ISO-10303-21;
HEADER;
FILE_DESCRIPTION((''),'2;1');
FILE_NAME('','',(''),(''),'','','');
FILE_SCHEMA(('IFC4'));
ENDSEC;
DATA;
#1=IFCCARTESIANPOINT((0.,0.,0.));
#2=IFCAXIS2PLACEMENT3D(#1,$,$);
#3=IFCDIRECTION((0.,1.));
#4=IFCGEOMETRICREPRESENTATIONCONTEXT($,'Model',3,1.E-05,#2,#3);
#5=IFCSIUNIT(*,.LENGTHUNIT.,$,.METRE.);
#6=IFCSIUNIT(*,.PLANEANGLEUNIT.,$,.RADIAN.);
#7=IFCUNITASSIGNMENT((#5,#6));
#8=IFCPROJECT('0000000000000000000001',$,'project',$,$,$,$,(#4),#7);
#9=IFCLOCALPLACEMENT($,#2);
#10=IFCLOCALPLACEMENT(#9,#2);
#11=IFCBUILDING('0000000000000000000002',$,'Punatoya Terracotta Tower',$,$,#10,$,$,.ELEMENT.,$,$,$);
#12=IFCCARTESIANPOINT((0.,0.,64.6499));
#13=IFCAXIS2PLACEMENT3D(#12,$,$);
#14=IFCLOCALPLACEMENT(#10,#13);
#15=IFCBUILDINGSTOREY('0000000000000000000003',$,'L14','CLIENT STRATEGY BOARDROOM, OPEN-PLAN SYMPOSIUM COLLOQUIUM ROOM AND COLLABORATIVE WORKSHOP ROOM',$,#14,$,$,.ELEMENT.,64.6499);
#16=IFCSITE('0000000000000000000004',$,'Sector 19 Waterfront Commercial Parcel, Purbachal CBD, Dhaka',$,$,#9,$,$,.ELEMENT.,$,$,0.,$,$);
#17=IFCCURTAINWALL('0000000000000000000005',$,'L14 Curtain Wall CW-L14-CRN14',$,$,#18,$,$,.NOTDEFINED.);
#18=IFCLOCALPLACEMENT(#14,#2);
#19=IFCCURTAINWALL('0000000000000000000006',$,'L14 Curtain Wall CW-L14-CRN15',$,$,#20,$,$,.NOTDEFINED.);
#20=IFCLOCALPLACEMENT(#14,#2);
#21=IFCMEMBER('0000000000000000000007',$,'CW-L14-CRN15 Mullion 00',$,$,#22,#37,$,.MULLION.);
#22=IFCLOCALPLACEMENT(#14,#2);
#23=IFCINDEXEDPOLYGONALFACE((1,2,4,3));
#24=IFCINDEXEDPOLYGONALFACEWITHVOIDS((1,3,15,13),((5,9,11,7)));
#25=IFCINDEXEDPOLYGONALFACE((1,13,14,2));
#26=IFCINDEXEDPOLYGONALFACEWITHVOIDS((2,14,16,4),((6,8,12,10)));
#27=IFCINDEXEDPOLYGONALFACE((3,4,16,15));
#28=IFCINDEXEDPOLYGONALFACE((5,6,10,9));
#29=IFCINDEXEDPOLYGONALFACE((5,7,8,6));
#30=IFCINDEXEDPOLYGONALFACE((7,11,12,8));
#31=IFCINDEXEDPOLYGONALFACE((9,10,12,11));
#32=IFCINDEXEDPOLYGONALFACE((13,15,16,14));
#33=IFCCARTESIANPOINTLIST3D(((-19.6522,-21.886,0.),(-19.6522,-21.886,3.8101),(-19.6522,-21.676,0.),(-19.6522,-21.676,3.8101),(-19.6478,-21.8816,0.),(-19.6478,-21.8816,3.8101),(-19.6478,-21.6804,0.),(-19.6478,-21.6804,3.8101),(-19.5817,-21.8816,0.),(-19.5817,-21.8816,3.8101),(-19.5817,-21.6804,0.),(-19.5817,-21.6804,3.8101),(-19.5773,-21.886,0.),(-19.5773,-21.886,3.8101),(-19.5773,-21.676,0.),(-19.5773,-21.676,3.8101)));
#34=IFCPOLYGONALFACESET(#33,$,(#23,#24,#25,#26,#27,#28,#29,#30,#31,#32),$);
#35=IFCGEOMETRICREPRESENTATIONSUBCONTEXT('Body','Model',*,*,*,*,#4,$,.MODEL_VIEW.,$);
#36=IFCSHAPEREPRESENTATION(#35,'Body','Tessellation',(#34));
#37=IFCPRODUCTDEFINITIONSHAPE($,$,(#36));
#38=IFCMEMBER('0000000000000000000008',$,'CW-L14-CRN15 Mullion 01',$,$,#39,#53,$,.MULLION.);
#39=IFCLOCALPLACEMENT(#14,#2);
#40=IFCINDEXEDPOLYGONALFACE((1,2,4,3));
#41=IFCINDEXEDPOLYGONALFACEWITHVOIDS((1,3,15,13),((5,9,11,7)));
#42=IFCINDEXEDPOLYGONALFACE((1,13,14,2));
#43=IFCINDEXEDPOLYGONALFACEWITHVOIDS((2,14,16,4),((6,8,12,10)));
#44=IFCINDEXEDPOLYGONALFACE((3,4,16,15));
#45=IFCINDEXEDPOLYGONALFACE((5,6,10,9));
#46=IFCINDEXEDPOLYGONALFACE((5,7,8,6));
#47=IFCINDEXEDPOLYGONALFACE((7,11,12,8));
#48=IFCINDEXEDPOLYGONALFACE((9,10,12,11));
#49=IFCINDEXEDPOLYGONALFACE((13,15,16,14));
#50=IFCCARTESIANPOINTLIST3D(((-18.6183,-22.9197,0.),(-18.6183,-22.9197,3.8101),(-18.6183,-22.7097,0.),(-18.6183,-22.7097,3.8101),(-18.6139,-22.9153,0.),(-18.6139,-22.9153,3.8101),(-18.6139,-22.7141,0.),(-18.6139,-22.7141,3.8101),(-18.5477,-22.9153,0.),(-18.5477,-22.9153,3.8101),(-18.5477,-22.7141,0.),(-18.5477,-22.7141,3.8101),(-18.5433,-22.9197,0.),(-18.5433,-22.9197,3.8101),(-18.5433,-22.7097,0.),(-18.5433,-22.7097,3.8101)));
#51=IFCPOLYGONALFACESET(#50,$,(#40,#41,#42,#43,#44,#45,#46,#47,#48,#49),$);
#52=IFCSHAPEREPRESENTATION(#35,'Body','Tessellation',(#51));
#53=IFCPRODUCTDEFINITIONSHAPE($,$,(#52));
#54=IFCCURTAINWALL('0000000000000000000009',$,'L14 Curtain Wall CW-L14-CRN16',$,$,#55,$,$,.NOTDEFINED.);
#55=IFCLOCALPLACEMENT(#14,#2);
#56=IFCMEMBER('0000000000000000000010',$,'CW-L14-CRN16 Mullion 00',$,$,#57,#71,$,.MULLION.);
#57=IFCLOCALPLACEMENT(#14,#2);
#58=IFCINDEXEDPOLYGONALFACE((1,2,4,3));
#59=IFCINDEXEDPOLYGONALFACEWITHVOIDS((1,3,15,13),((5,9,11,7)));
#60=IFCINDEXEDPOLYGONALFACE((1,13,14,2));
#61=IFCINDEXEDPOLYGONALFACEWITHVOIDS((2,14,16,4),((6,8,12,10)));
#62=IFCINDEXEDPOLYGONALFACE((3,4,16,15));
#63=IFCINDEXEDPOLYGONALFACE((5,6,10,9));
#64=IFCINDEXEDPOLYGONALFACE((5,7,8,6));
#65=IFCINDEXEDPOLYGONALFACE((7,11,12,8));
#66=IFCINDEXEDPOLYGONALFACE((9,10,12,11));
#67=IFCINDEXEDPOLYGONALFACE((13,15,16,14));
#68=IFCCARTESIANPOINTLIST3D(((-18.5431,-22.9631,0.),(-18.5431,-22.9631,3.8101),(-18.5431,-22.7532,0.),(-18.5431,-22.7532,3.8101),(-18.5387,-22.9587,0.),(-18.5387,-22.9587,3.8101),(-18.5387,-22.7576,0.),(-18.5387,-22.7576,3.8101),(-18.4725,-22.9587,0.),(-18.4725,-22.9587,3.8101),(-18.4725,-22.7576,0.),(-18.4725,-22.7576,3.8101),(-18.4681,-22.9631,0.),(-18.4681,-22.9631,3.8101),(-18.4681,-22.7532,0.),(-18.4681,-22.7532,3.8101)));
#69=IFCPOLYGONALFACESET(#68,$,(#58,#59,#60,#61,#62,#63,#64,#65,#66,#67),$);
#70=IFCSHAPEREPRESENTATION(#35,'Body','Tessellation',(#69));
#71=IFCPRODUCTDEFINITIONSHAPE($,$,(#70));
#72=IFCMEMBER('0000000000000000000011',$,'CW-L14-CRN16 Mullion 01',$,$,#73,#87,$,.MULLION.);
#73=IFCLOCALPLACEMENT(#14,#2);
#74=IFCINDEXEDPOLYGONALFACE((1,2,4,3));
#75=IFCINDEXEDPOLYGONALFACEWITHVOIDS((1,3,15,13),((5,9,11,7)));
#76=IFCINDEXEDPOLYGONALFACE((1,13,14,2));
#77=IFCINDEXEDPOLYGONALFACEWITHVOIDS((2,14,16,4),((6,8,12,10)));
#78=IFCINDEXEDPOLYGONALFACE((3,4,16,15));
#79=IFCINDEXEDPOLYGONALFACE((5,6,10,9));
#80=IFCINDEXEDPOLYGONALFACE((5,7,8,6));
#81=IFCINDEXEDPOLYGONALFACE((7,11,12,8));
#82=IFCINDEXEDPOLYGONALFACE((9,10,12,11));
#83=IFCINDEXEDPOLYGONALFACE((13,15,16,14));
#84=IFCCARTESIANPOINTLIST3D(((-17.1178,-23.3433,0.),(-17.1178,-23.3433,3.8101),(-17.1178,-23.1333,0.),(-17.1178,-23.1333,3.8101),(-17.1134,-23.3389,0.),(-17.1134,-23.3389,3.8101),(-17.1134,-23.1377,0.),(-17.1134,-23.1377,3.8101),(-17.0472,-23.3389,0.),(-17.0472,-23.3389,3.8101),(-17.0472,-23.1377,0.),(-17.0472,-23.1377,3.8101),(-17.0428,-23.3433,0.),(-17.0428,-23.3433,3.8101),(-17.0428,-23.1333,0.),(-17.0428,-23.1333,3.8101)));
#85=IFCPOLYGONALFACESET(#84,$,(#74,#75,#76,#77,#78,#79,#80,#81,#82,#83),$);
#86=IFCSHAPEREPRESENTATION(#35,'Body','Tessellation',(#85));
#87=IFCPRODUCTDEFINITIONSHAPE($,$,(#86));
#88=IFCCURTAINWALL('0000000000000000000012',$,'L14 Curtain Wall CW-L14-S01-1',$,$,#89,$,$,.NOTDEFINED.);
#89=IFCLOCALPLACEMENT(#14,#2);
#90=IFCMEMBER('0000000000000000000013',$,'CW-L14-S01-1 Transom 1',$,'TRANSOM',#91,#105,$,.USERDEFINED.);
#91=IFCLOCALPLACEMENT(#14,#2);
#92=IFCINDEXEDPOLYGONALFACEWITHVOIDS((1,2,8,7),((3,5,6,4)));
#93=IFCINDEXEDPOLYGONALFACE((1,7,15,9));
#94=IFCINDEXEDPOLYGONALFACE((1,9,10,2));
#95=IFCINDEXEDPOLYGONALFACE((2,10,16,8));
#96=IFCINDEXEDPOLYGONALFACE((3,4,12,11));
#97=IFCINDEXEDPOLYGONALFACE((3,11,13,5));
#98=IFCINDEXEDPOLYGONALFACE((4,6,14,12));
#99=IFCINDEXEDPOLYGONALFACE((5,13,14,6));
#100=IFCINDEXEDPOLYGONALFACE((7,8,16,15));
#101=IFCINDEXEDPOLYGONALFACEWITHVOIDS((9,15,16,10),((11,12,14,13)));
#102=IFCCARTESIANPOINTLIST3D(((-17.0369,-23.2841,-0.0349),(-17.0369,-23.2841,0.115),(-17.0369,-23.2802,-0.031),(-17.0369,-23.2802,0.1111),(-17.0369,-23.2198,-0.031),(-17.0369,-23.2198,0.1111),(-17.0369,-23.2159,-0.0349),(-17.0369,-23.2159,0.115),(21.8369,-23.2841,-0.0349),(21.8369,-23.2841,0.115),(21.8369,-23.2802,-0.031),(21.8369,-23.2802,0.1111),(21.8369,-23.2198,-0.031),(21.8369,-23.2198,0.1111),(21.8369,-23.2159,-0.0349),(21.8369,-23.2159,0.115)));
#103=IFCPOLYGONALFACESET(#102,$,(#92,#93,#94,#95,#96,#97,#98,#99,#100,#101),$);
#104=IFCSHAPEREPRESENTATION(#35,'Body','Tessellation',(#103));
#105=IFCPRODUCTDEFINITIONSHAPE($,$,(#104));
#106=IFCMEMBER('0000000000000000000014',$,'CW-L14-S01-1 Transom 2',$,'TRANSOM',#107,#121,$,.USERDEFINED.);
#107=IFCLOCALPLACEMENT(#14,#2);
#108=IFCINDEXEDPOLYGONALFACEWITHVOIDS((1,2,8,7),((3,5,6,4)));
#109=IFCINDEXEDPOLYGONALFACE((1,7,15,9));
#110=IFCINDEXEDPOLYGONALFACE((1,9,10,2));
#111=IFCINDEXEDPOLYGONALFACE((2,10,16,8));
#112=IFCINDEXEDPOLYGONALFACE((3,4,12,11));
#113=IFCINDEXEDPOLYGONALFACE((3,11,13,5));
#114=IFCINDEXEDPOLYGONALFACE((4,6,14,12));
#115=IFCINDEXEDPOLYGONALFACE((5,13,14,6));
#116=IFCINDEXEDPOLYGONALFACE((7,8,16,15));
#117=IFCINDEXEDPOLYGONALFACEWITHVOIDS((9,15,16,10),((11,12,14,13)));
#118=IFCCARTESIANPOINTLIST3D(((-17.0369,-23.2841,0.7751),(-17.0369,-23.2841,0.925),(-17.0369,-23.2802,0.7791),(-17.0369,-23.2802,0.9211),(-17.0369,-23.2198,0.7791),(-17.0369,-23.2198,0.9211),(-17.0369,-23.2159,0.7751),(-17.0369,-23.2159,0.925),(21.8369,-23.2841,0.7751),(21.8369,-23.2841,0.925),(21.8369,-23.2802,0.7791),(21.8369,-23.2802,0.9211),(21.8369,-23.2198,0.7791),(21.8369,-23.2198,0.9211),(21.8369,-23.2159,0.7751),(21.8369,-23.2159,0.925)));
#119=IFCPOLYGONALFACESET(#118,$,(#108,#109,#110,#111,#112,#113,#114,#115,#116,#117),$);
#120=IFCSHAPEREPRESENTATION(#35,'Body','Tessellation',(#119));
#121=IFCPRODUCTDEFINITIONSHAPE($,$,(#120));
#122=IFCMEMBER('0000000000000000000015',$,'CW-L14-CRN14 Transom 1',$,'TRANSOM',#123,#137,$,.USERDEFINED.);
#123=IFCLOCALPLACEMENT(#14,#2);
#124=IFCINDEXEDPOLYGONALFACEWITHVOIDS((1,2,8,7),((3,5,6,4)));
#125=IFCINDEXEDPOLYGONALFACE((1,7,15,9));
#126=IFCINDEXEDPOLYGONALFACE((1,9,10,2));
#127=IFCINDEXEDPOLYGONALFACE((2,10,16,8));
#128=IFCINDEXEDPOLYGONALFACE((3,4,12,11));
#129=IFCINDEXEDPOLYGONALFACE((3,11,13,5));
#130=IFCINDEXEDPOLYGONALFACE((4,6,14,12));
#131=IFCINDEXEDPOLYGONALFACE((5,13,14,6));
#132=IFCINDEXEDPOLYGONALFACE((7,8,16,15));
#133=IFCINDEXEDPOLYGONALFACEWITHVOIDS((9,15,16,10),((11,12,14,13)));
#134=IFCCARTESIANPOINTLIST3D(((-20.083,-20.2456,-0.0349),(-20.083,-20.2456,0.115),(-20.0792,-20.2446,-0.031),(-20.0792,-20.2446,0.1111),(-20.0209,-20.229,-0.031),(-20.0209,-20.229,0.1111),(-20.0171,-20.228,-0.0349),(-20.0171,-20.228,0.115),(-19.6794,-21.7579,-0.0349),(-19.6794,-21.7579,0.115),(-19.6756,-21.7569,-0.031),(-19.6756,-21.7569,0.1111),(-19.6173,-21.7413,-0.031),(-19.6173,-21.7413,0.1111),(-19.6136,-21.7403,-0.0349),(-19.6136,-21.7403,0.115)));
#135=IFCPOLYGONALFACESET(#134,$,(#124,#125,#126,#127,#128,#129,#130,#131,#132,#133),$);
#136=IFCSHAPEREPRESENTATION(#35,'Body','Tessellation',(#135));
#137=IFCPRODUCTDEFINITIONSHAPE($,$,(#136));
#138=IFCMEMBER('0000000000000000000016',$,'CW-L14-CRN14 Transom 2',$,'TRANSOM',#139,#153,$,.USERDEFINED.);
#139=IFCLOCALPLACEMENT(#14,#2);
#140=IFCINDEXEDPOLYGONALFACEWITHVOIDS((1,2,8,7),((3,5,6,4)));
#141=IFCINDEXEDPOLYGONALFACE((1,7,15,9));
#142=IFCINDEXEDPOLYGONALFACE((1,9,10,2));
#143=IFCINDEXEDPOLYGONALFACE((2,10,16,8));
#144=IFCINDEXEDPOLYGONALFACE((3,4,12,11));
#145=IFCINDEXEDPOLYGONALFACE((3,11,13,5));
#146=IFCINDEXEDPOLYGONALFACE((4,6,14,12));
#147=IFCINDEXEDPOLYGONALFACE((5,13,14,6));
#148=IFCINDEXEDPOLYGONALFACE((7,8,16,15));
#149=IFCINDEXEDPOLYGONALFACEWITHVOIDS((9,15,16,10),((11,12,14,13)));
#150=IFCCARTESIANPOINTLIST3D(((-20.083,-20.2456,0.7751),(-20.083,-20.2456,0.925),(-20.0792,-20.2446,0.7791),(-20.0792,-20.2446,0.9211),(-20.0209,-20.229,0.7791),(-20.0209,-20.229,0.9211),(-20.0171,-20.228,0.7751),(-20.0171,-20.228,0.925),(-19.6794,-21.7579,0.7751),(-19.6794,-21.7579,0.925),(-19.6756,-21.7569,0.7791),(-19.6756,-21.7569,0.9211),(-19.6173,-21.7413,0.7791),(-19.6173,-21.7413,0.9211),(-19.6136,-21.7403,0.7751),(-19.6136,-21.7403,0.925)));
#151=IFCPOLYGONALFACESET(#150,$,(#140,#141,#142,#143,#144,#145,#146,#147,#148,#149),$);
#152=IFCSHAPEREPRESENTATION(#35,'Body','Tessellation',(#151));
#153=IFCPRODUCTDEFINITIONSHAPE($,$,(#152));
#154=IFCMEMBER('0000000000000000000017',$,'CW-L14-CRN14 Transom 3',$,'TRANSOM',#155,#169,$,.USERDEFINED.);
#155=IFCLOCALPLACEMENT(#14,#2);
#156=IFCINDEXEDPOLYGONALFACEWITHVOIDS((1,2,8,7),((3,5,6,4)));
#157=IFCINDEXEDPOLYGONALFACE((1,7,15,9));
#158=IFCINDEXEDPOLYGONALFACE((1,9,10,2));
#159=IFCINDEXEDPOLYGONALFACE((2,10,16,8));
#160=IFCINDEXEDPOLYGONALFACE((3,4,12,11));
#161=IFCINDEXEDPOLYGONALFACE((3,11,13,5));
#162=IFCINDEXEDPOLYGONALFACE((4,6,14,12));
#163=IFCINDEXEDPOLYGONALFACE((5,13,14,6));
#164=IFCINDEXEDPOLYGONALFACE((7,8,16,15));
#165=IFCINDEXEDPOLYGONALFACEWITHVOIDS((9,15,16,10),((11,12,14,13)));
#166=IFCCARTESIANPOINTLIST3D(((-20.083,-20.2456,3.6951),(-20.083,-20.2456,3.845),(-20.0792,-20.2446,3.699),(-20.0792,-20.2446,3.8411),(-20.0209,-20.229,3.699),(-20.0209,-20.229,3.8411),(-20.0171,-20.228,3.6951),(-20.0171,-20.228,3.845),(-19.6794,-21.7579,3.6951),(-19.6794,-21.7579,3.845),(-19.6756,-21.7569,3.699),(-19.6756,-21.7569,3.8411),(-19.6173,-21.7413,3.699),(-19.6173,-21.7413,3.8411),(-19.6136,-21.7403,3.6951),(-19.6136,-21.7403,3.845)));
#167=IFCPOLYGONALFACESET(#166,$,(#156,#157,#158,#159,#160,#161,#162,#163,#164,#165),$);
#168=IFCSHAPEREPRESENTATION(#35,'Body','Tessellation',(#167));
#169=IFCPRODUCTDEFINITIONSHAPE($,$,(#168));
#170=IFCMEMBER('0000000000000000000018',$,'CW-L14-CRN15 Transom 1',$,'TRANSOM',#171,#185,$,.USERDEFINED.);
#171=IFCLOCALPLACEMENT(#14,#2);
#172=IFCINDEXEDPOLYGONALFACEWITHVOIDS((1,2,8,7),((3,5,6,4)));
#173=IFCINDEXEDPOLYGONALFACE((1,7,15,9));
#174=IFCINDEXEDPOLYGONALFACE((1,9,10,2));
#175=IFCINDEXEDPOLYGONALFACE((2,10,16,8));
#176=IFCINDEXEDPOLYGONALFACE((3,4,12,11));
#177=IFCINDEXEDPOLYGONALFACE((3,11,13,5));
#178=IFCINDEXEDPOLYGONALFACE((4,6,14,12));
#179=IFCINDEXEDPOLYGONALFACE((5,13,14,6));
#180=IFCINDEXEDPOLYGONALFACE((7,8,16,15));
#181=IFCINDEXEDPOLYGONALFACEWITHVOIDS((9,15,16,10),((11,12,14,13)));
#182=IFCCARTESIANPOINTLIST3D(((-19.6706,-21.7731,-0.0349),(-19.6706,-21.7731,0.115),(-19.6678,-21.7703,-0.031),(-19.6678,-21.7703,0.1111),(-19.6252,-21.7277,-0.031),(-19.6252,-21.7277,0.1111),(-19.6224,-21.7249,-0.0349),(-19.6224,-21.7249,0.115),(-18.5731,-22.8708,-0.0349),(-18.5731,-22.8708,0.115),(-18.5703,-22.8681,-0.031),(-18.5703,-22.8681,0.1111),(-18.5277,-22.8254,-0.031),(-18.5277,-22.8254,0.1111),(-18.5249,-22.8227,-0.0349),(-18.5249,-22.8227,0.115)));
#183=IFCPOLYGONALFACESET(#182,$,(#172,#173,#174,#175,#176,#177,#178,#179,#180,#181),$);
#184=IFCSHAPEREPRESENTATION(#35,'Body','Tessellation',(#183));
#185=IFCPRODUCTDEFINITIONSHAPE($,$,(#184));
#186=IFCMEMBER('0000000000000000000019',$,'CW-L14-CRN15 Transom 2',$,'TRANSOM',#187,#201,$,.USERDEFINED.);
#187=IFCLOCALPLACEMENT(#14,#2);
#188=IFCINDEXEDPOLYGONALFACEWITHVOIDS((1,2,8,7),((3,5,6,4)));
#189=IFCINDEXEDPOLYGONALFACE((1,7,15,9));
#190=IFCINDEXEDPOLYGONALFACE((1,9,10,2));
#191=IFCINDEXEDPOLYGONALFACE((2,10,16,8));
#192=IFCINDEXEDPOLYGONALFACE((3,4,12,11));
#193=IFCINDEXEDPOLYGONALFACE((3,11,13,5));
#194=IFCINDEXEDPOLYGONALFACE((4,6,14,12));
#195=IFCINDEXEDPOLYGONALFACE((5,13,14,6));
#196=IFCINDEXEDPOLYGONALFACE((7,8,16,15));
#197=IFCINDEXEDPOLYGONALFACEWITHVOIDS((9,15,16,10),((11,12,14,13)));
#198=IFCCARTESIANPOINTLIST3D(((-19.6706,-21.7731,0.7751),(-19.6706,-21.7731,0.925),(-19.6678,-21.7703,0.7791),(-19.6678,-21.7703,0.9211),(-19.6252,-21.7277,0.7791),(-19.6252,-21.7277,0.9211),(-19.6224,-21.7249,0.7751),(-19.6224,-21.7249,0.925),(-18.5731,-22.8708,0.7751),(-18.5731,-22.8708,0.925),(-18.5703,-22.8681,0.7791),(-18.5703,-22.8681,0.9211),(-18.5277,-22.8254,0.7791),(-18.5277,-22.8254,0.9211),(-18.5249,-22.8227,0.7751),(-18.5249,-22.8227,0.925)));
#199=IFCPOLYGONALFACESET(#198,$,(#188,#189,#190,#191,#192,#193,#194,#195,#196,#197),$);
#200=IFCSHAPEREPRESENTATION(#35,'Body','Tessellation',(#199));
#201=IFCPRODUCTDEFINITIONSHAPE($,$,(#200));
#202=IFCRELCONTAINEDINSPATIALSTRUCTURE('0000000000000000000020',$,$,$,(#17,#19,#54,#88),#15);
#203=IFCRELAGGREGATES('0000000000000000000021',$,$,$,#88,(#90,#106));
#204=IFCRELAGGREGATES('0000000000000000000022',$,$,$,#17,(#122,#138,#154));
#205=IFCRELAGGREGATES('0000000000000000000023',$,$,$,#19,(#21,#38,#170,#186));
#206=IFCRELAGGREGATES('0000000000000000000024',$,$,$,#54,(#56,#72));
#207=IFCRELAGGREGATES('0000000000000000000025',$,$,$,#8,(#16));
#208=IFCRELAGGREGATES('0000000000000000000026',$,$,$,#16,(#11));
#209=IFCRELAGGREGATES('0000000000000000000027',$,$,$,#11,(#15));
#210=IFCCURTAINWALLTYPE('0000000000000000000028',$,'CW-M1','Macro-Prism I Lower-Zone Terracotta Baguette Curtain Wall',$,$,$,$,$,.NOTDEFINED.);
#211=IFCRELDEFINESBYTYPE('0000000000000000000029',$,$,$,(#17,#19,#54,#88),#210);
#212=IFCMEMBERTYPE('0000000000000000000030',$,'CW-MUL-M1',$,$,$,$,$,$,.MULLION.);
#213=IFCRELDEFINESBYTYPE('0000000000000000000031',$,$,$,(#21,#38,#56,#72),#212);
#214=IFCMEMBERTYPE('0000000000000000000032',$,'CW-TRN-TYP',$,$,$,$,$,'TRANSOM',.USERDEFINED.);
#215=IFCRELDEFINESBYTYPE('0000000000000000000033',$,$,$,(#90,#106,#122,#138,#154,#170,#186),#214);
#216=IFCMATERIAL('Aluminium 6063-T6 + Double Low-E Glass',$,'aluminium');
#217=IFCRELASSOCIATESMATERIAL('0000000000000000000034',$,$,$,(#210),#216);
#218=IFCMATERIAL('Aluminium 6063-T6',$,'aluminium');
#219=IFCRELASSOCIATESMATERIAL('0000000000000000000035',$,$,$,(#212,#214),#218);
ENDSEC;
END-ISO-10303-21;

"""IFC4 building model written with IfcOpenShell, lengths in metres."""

from ifc_helpers import new_model, si_unit, direction, frame, origin, origin_2d, place, context, subcontext, project, spatial, hollow_rectangle, extrude, material, material_profile, profile_set, type_object, element, aggregate, save


model = new_model("IFC4")

# Units and contexts
model_context = context("Model", 3, precision=1e-05, world=origin(), true_north=direction((0.0, 1.0)))
body_context = subcontext(model_context, "Body", "Model", "MODEL_VIEW")
ifc_project = project(units=[si_unit("LENGTHUNIT", "METRE"), si_unit("PLANEANGLEUNIT", "RADIAN")], contexts=[model_context])

# Site, building, storey
site_placement = place(None, origin())
site = spatial("IfcSite", under=ifc_project, at=site_placement, Name="Sector 19 Waterfront Commercial Parcel, Purbachal CBD, Dhaka", CompositionType="ELEMENT", RefElevation=0.0)
building_placement = place(site_placement, origin())
building = spatial("IfcBuilding", under=site, at=building_placement, Name="Punatoya Terracotta Tower", CompositionType="ELEMENT")
storey_placement = place(building_placement, frame((0.0, 0.0, 64.6499)))
storey = spatial("IfcBuildingStorey", under=building, at=storey_placement, Name="L14", Description="CLIENT STRATEGY BOARDROOM, OPEN-PLAN SYMPOSIUM COLLOQUIUM ROOM AND COLLABORATIVE WORKSHOP ROOM", CompositionType="ELEMENT", Elevation=64.6499)

# Curtain walls, members
ifc_material_1 = material(Name="Aluminium 6063-T6 + Double Low-E Glass", Category="aluminium")
curtain_wall_type = type_object("IfcCurtainWallType", Name="CW-M1", Description="Macro-Prism I Lower-Zone Terracotta Baguette Curtain Wall", PredefinedType="NOTDEFINED", material=ifc_material_1)
curtain_wall_1_placement = place(storey_placement, origin())
curtain_wall_1 = element("IfcCurtainWall", 1, at=curtain_wall_1_placement, inside=storey, type_object=curtain_wall_type, Name="L14 Curtain Wall CW-L14-CRN14", PredefinedType="NOTDEFINED")
ifc_material_2 = material(Name="Aluminium 6063-T6", Category="aluminium")
ifc_material_profile_1 = material_profile(ifc_material_2, hollow_rectangle(XDim=0.075, YDim=0.21, WallThickness=0.0044, at=origin_2d()))
ifc_profile_set_1 = profile_set([ifc_material_profile_1], Name="Aluminium 6063-T6")
member_type_1 = type_object("IfcMemberType", Name="CW-MUL-M1", PredefinedType="MULLION", material=ifc_profile_set_1)
curtain_wall_2_placement = place(storey_placement, origin())
curtain_wall_2 = element("IfcCurtainWall", 2, at=curtain_wall_2_placement, inside=storey, type_object=curtain_wall_type, Name="L14 Curtain Wall CW-L14-CRN15", PredefinedType="NOTDEFINED")
member_1_placement = place(storey_placement, frame((-19.6147, -21.781, 0.0), z_axis=(0.0, 0.0, 1.0), x_axis=(1.0, 0.0, 0.0)))
member_1 = element("IfcMember", 3, at=member_1_placement, type_object=member_type_1, Name="CW-L14-CRN15 Mullion 00", PredefinedType="MULLION", context=body_context, shape_type="SweptSolid", body=[
    extrude(hollow_rectangle(XDim=0.075, YDim=0.21, WallThickness=0.0044, at=origin_2d()), origin(), (0.0, 0.0, 1.0), 3.8101),
])
member_2_placement = place(storey_placement, frame((-18.5808, -22.8147, 0.0), z_axis=(0.0, 0.0, 1.0), x_axis=(1.0, 0.0, 0.0)))
member_2 = element("IfcMember", 4, at=member_2_placement, type_object=member_type_1, Name="CW-L14-CRN15 Mullion 01", PredefinedType="MULLION", context=body_context, shape_type="SweptSolid", body=[
    extrude(hollow_rectangle(XDim=0.075, YDim=0.21, WallThickness=0.0044, at=origin_2d()), origin(), (0.0, 0.0, 1.0), 3.8101),
])
curtain_wall_3_placement = place(storey_placement, origin())
curtain_wall_3 = element("IfcCurtainWall", 5, at=curtain_wall_3_placement, inside=storey, type_object=curtain_wall_type, Name="L14 Curtain Wall CW-L14-CRN16", PredefinedType="NOTDEFINED")
member_3_placement = place(storey_placement, frame((-18.5056, -22.8582, 0.0), z_axis=(0.0, 0.0, 1.0), x_axis=(1.0, 0.0, 0.0)))
member_3 = element("IfcMember", 6, at=member_3_placement, type_object=member_type_1, Name="CW-L14-CRN16 Mullion 00", PredefinedType="MULLION", context=body_context, shape_type="SweptSolid", body=[
    extrude(hollow_rectangle(XDim=0.075, YDim=0.21, WallThickness=0.0044, at=origin_2d()), origin(), (0.0, 0.0, 1.0), 3.8101),
])
member_4_placement = place(storey_placement, frame((-17.0803, -23.2383, 0.0), z_axis=(0.0, 0.0, 1.0), x_axis=(1.0, 0.0, 0.0)))
member_4 = element("IfcMember", 7, at=member_4_placement, type_object=member_type_1, Name="CW-L14-CRN16 Mullion 01", PredefinedType="MULLION", context=body_context, shape_type="SweptSolid", body=[
    extrude(hollow_rectangle(XDim=0.075, YDim=0.21, WallThickness=0.0044, at=origin_2d()), origin(), (0.0, 0.0, 1.0), 3.8101),
])
curtain_wall_4_placement = place(storey_placement, origin())
curtain_wall_4 = element("IfcCurtainWall", 8, at=curtain_wall_4_placement, inside=storey, type_object=curtain_wall_type, Name="L14 Curtain Wall CW-L14-S01-1", PredefinedType="NOTDEFINED")
ifc_material_profile_2 = material_profile(ifc_material_2, hollow_rectangle(XDim=0.0681, YDim=0.1499, WallThickness=0.0039, at=origin_2d()))
ifc_profile_set_2 = profile_set([ifc_material_profile_2], Name="Aluminium 6063-T6")
member_type_2 = type_object("IfcMemberType", Name="CW-TRN-TYP", ElementType="TRANSOM", PredefinedType="USERDEFINED", material=ifc_profile_set_2)
member_5_placement = place(storey_placement, frame((-17.0369, -23.25, 0.04), z_axis=(1.0, 0.0, 0.0), x_axis=(0.0, 1.0, 0.0)))
member_5 = element("IfcMember", 9, at=member_5_placement, type_object=member_type_2, Name="CW-L14-S01-1 Transom 1", ObjectType="TRANSOM", PredefinedType="USERDEFINED", context=body_context, shape_type="SweptSolid", body=[
    extrude(hollow_rectangle(XDim=0.0681, YDim=0.1499, WallThickness=0.0039, at=origin_2d()), origin(), (0.0, 0.0, 1.0), 38.8738),
])
member_6_placement = place(storey_placement, frame((-17.0369, -23.25, 0.8501), z_axis=(1.0, 0.0, 0.0), x_axis=(0.0, 1.0, 0.0)))
member_6 = element("IfcMember", 10, at=member_6_placement, type_object=member_type_2, Name="CW-L14-S01-1 Transom 2", ObjectType="TRANSOM", PredefinedType="USERDEFINED", context=body_context, shape_type="SweptSolid", body=[
    extrude(hollow_rectangle(XDim=0.0681, YDim=0.1499, WallThickness=0.0039, at=origin_2d()), origin(), (0.0, 0.0, 1.0), 38.8738),
])
aggregate(curtain_wall_4, [member_5, member_6])

# Members
member_7_placement = place(storey_placement, frame((-20.05, -20.2368, 0.04), z_axis=(0.257847, -0.966186, 0.0), x_axis=(0.966186, 0.257847, 0.0)))
member_7 = element("IfcMember", 11, at=member_7_placement, type_object=member_type_2, Name="CW-L14-CRN14 Transom 1", ObjectType="TRANSOM", PredefinedType="USERDEFINED", context=body_context, shape_type="SweptSolid", body=[
    extrude(hollow_rectangle(XDim=0.0681, YDim=0.1499, WallThickness=0.0039, at=origin_2d()), origin(), (0.0, 0.0, 1.0), 1.5652),
])
member_8_placement = place(storey_placement, frame((-20.05, -20.2368, 0.8501), z_axis=(0.257847, -0.966186, 0.0), x_axis=(0.966186, 0.257847, 0.0)))
member_8 = element("IfcMember", 12, at=member_8_placement, type_object=member_type_2, Name="CW-L14-CRN14 Transom 2", ObjectType="TRANSOM", PredefinedType="USERDEFINED", context=body_context, shape_type="SweptSolid", body=[
    extrude(hollow_rectangle(XDim=0.0681, YDim=0.1499, WallThickness=0.0039, at=origin_2d()), origin(), (0.0, 0.0, 1.0), 1.5652),
])
member_9_placement = place(storey_placement, frame((-20.05, -20.2368, 3.77), z_axis=(0.257847, -0.966186, 0.0), x_axis=(0.966186, 0.257847, 0.0)))
member_9 = element("IfcMember", 13, at=member_9_placement, type_object=member_type_2, Name="CW-L14-CRN14 Transom 3", ObjectType="TRANSOM", PredefinedType="USERDEFINED", context=body_context, shape_type="SweptSolid", body=[
    extrude(hollow_rectangle(XDim=0.0681, YDim=0.1499, WallThickness=0.0039, at=origin_2d()), origin(), (0.0, 0.0, 1.0), 1.5652),
])
member_10_placement = place(storey_placement, frame((-19.6465, -21.749, 0.04), z_axis=(0.707028, -0.707185, 0.0), x_axis=(0.707185, 0.707028, 0.0)))
member_10 = element("IfcMember", 14, at=member_10_placement, type_object=member_type_2, Name="CW-L14-CRN15 Transom 1", ObjectType="TRANSOM", PredefinedType="USERDEFINED", context=body_context, shape_type="SweptSolid", body=[
    extrude(hollow_rectangle(XDim=0.0681, YDim=0.1499, WallThickness=0.0039, at=origin_2d()), origin(), (0.0, 0.0, 1.0), 1.5522),
])
member_11_placement = place(storey_placement, frame((-19.6465, -21.749, 0.8501), z_axis=(0.707028, -0.707185, 0.0), x_axis=(0.707185, 0.707028, 0.0)))
member_11 = element("IfcMember", 15, at=member_11_placement, type_object=member_type_2, Name="CW-L14-CRN15 Transom 2", ObjectType="TRANSOM", PredefinedType="USERDEFINED", context=body_context, shape_type="SweptSolid", body=[
    extrude(hollow_rectangle(XDim=0.0681, YDim=0.1499, WallThickness=0.0039, at=origin_2d()), origin(), (0.0, 0.0, 1.0), 1.5522),
])

aggregate(curtain_wall_1, [member_7, member_8, member_9])
aggregate(curtain_wall_2, [member_1, member_2, member_10, member_11])
aggregate(curtain_wall_3, [member_3, member_4])

save(model, "model.ifc")
